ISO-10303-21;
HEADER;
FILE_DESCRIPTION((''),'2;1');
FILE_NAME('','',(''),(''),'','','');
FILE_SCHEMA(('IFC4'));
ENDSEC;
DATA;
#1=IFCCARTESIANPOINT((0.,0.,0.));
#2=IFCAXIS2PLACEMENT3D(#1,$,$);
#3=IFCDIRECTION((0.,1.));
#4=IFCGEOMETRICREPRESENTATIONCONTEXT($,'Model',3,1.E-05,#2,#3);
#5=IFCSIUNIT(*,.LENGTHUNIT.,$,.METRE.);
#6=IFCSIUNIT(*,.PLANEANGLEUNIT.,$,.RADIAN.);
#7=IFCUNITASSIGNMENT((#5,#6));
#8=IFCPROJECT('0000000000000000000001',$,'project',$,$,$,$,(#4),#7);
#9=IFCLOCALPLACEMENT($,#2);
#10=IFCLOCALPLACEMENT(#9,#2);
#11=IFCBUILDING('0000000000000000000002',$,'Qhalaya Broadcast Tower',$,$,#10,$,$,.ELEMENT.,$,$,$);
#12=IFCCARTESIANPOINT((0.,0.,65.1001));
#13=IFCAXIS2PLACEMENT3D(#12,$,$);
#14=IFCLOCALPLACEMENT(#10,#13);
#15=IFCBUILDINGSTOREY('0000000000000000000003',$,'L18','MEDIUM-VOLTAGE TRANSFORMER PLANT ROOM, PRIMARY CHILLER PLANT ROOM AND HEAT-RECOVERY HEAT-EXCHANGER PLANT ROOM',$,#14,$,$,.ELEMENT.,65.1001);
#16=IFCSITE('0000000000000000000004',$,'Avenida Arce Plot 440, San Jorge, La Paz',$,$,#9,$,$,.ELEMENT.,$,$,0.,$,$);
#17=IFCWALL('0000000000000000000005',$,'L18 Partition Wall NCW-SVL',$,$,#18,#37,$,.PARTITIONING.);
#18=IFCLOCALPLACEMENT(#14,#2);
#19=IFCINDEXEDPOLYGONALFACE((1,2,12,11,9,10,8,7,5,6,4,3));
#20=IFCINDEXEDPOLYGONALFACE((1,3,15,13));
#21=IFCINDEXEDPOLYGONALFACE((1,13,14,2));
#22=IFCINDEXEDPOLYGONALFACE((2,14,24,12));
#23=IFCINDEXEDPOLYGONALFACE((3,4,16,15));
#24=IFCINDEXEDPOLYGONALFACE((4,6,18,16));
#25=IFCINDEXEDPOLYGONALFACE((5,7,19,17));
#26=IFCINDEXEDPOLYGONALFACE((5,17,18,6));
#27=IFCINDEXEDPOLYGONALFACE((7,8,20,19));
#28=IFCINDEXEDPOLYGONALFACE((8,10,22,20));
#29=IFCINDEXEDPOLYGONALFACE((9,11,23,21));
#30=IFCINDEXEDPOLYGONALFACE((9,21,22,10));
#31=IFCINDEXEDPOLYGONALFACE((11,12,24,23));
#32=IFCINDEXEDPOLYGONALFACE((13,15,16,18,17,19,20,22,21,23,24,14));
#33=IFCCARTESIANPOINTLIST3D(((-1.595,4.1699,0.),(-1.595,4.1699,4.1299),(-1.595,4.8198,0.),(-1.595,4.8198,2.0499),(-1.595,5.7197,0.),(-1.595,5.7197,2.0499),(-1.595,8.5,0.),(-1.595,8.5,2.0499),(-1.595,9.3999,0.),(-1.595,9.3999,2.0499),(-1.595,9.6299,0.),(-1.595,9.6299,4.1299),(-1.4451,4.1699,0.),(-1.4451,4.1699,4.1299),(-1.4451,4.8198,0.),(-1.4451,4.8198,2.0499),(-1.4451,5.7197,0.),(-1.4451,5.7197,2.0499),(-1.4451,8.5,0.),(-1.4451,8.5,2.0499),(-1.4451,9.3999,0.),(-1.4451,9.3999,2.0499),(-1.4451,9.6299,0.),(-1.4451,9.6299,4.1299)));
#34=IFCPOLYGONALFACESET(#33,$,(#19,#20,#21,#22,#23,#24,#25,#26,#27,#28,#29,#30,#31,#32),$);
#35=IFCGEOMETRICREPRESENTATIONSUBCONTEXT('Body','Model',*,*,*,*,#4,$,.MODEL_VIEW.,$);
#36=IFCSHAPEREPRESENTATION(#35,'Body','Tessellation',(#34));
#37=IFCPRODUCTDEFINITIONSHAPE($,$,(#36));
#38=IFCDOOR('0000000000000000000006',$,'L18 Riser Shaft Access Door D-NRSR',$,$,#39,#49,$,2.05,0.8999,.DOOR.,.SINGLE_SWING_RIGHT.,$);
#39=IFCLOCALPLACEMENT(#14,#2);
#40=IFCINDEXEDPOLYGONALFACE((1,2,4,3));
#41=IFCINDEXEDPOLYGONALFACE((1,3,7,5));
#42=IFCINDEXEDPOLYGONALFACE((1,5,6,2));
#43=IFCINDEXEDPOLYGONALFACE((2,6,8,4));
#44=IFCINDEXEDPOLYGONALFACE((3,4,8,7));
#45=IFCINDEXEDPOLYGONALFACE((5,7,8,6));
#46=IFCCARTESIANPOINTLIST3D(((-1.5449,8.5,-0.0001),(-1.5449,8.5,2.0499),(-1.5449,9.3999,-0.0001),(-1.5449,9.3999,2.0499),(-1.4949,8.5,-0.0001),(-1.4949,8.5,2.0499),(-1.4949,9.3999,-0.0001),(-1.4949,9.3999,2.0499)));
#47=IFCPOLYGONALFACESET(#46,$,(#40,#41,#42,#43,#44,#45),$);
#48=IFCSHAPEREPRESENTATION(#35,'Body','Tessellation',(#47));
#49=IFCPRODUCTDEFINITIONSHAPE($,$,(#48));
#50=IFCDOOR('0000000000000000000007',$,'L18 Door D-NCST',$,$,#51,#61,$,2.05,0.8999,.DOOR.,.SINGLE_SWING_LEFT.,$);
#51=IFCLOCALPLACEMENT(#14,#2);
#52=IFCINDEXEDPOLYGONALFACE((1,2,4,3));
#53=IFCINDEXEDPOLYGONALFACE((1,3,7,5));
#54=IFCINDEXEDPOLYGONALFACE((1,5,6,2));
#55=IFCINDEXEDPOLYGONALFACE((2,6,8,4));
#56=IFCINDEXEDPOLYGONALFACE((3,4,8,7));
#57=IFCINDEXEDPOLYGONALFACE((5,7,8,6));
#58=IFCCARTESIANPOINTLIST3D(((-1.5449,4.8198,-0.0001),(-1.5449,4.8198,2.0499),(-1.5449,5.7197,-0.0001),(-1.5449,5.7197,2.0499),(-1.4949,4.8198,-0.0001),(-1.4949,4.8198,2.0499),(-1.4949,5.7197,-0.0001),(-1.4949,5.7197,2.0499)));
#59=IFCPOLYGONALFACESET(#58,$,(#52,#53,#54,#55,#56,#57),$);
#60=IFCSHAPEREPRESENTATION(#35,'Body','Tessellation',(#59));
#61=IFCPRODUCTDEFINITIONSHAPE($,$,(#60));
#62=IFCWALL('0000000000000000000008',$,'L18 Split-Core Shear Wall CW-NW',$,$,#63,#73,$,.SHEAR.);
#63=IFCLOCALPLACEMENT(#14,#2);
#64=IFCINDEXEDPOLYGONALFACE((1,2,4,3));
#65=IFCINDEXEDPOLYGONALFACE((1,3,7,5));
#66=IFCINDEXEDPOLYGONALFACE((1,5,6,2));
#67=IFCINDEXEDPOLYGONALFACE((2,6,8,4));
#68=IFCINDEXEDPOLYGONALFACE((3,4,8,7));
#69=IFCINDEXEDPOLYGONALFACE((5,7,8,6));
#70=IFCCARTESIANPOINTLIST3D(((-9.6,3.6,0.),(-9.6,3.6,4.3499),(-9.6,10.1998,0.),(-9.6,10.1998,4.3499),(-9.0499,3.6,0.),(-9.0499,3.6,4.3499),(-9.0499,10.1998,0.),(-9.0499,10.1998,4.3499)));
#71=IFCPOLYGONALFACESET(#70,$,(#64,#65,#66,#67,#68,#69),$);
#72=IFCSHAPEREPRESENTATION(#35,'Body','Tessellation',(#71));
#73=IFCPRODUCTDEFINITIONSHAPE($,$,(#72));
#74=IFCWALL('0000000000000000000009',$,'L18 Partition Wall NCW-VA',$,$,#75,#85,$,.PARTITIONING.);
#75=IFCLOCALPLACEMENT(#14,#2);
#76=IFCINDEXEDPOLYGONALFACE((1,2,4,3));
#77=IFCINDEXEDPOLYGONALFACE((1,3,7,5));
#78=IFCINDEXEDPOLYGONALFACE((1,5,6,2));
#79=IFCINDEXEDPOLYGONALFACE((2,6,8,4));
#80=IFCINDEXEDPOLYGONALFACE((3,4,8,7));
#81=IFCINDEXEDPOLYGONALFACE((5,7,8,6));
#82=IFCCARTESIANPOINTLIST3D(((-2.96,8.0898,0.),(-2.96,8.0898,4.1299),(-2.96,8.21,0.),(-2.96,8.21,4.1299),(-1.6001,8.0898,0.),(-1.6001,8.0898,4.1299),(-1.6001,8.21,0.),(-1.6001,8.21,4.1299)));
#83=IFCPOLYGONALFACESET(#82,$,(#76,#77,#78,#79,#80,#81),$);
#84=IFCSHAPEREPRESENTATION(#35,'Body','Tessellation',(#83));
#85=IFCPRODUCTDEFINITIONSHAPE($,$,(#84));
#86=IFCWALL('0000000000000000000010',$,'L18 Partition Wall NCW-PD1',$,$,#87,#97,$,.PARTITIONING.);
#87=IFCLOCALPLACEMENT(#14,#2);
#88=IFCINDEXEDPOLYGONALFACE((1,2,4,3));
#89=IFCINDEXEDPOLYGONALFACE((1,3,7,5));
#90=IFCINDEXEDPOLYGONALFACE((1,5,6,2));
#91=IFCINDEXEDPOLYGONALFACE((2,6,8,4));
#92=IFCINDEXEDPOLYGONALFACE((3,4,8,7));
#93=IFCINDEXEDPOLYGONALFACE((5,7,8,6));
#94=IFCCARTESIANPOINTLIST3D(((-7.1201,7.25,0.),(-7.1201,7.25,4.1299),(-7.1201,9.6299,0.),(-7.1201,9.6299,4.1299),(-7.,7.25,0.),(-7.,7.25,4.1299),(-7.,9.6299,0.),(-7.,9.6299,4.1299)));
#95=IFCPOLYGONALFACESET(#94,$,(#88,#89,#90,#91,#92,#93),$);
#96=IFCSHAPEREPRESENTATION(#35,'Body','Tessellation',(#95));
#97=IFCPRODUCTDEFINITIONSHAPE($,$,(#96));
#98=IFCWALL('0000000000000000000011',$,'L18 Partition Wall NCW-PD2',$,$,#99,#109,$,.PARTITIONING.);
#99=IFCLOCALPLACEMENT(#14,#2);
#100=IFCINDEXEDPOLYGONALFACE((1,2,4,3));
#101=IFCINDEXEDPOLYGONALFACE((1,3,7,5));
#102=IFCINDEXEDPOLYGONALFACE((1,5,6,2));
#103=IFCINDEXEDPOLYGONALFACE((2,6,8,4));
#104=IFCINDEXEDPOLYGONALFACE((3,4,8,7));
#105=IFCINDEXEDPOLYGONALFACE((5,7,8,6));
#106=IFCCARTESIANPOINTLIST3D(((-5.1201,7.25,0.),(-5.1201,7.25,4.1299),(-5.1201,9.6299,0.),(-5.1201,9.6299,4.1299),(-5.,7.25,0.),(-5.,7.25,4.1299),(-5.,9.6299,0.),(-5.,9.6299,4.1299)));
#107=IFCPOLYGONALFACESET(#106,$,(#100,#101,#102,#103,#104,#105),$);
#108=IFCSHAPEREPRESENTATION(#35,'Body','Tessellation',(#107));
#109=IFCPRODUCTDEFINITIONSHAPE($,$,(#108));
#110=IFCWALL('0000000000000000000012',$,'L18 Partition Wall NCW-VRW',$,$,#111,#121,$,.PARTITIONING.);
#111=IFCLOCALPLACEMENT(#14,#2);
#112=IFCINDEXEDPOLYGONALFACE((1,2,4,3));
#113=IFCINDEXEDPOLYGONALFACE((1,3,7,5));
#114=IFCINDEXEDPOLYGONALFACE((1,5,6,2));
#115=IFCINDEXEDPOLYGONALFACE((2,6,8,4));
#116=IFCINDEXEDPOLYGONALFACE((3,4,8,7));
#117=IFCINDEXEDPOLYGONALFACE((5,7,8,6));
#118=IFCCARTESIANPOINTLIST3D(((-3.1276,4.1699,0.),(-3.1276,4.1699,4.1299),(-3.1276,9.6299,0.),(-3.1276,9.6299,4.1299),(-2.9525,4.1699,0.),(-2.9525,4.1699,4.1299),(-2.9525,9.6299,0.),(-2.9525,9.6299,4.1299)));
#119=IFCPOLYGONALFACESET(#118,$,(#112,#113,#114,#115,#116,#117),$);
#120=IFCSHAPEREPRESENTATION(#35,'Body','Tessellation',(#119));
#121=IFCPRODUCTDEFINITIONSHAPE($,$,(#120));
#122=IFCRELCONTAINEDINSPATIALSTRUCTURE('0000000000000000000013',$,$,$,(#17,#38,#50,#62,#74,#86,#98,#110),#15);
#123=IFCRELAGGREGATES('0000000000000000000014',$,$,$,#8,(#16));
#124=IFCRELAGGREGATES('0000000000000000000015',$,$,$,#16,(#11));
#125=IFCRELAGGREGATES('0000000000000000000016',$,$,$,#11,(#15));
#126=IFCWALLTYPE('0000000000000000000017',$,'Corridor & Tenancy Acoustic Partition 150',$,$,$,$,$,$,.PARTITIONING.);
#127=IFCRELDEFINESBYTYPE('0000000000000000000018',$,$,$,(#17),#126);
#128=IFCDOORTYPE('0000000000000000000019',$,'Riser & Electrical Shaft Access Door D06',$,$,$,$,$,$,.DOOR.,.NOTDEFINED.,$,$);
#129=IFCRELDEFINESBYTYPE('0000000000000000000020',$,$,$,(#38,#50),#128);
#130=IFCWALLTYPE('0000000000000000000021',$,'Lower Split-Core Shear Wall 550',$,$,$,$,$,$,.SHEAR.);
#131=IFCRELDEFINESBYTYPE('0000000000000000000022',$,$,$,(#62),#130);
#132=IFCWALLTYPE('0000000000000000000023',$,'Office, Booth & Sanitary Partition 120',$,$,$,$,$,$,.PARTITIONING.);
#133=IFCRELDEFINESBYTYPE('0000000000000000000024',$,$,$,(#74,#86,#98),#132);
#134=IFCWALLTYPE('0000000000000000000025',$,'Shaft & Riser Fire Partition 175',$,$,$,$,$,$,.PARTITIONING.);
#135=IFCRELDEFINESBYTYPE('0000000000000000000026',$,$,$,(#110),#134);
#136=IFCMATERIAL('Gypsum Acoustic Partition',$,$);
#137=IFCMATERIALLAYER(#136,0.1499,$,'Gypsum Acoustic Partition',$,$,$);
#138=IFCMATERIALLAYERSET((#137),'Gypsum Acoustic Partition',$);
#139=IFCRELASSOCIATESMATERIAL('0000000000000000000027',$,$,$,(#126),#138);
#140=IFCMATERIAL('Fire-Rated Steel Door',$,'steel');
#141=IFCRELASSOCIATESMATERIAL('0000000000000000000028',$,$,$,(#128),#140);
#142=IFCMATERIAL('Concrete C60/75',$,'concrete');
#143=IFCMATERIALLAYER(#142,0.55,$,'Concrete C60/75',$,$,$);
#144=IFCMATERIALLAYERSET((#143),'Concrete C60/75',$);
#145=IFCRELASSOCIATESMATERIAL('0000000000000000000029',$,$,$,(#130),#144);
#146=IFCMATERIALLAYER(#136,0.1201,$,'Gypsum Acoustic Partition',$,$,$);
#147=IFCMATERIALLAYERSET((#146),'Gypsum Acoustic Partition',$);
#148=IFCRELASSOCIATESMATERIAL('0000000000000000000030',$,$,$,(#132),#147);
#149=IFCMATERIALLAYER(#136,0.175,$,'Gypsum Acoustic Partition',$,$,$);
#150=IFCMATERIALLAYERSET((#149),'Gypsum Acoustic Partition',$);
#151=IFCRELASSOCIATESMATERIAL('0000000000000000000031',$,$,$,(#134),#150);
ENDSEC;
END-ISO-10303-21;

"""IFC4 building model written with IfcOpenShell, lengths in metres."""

from ifc_helpers import new_model, si_unit, direction, frame, frame_2d, origin, place, context, subcontext, project, spatial, rectangle, extrude, material, layer, layer_set, type_object, element, fill, save


model = new_model("IFC4")

# Units and contexts
model_context = context("Model", 3, precision=1e-05, world=origin(), true_north=direction((0.0, 1.0)))
body_context = subcontext(model_context, "Body", "Model", "MODEL_VIEW")
ifc_project = project(units=[si_unit("LENGTHUNIT", "METRE"), si_unit("PLANEANGLEUNIT", "RADIAN")], contexts=[model_context])

# Site, building, storey
site_placement = place(None, origin())
site = spatial("IfcSite", under=ifc_project, at=site_placement, Name="Avenida Arce Plot 440, San Jorge, La Paz", CompositionType="ELEMENT", RefElevation=0.0)
building_placement = place(site_placement, origin())
building = spatial("IfcBuilding", under=site, at=building_placement, Name="Qhalaya Broadcast Tower", CompositionType="ELEMENT")
storey_placement = place(building_placement, frame((0.0, 0.0, 65.1001)))
storey = spatial("IfcBuildingStorey", under=building, at=storey_placement, Name="L18", Description="MEDIUM-VOLTAGE TRANSFORMER PLANT ROOM, PRIMARY CHILLER PLANT ROOM AND HEAT-RECOVERY HEAT-EXCHANGER PLANT ROOM", CompositionType="ELEMENT", Elevation=65.1001)

# Wall, openings, doors
ifc_material_1 = material(Name="Gypsum Acoustic Partition")
ifc_layer_1 = layer(ifc_material_1, 0.1499, Name="Gypsum Acoustic Partition")
ifc_layer_set_1 = layer_set([ifc_layer_1], Name="Gypsum Acoustic Partition")
wall_type_1 = type_object("IfcWallType", Name="Corridor & Tenancy Acoustic Partition 150", PredefinedType="PARTITIONING", material=ifc_layer_set_1)
wall_1_placement = place(storey_placement, frame((-1.52, 4.1699, 0.0), z_axis=(0.0, 0.0, 1.0), x_axis=(0.0, 1.0, 0.0)))
wall_1 = element("IfcWall", 1, at=wall_1_placement, inside=storey, type_object=wall_type_1, Name="L18 Partition Wall NCW-SVL", PredefinedType="PARTITIONING", context=body_context, shape_type="SweptSolid", body=[
    extrude(rectangle(XDim=5.46, YDim=0.1499, at=frame_2d((2.73, 0.0))), origin(), (0.0, 0.0, 1.0), 4.1299),
])
opening_1_placement = place(wall_1_placement, frame((4.3301, 0.0, 0.0)))
opening_1 = element("IfcOpeningElement", 2, at=opening_1_placement, cuts=wall_1, PredefinedType="OPENING", context=body_context, shape_type="SweptSolid", body=[
    extrude(rectangle(XDim=0.8999, YDim=2.05, at=frame_2d((0.45, 1.0249))), frame((0.0, 0.0869, 0.0), z_axis=(0.0, -1.0, 0.0), x_axis=(1.0, 0.0, 0.0)), (0.0, 0.0, 1.0), 0.1738),
])
opening_2_placement = place(wall_1_placement, frame((0.6499, 0.0, 0.0)))
opening_2 = element("IfcOpeningElement", 3, at=opening_2_placement, cuts=wall_1, PredefinedType="OPENING", context=body_context, shape_type="SweptSolid", body=[
    extrude(rectangle(XDim=0.8999, YDim=2.05, at=frame_2d((0.45, 1.0249))), frame((0.0, 0.0869, 0.0), z_axis=(0.0, -1.0, 0.0), x_axis=(1.0, 0.0, 0.0)), (0.0, 0.0, 1.0), 0.1738),
])
ifc_material_2 = material(Name="Fire-Rated Steel Door", Category="steel")
door_type_1 = type_object("IfcDoorType", Name="Riser & Electrical Shaft Access Door D06", OperationType="NOTDEFINED", PredefinedType="DOOR", material=ifc_material_2)
door_1_placement = place(opening_1_placement, origin())
door_1 = element("IfcDoor", 4, at=door_1_placement, inside=storey, type_object=door_type_1, Name="L18 Riser Shaft Access Door D-NRSR", OperationType="SINGLE_SWING_RIGHT", OverallHeight=2.05, OverallWidth=0.8999, PredefinedType="DOOR", context=body_context, shape_type="SweptSolid", body=[
    extrude(rectangle(XDim=0.8999, YDim=2.05, at=frame_2d((0.45, 1.0249))), frame((0.0, 0.0249, 0.0), z_axis=(0.0, -1.0, 0.0), x_axis=(1.0, 0.0, 0.0)), (0.0, 0.0, 1.0), 0.05),
])
fill(opening_1, door_1)
door_2_placement = place(opening_2_placement, origin())
door_2 = element("IfcDoor", 5, at=door_2_placement, inside=storey, type_object=door_type_1, Name="L18 Door D-NCST", OperationType="SINGLE_SWING_LEFT", OverallHeight=2.05, OverallWidth=0.8999, PredefinedType="DOOR", context=body_context, shape_type="SweptSolid", body=[
    extrude(rectangle(XDim=0.8999, YDim=2.05, at=frame_2d((0.45, 1.0249))), frame((0.0, 0.0249, 0.0), z_axis=(0.0, -1.0, 0.0), x_axis=(1.0, 0.0, 0.0)), (0.0, 0.0, 1.0), 0.05),
])
fill(opening_2, door_2)

# Walls
ifc_material_3 = material(Name="Concrete C60/75", Category="concrete")
ifc_layer_2 = layer(ifc_material_3, 0.55, Name="Concrete C60/75")
ifc_layer_set_2 = layer_set([ifc_layer_2], Name="Concrete C60/75")
wall_type_2 = type_object("IfcWallType", Name="Lower Split-Core Shear Wall 550", PredefinedType="SHEAR", material=ifc_layer_set_2)
wall_2_placement = place(storey_placement, frame((-9.325, 3.6001, 0.0), z_axis=(0.0, 0.0, 1.0), x_axis=(0.0, 1.0, 0.0)))
element("IfcWall", 6, at=wall_2_placement, inside=storey, type_object=wall_type_2, Name="L18 Split-Core Shear Wall CW-NW", PredefinedType="SHEAR", context=body_context, shape_type="SweptSolid", body=[
    extrude(rectangle(XDim=6.5999, YDim=0.55, at=frame_2d((3.2998, 0.0))), origin(), (0.0, 0.0, 1.0), 4.3499),
])
ifc_layer_3 = layer(ifc_material_1, 0.1201, Name="Gypsum Acoustic Partition")
ifc_layer_set_3 = layer_set([ifc_layer_3], Name="Gypsum Acoustic Partition")
wall_type_3 = type_object("IfcWallType", Name="Office, Booth & Sanitary Partition 120", PredefinedType="PARTITIONING", material=ifc_layer_set_3)
wall_3_placement = place(storey_placement, frame((-2.96, 8.1499, 0.0), z_axis=(0.0, 0.0, 1.0), x_axis=(1.0, 0.0, 0.0)))
element("IfcWall", 7, at=wall_3_placement, inside=storey, type_object=wall_type_3, Name="L18 Partition Wall NCW-VA", PredefinedType="PARTITIONING", context=body_context, shape_type="SweptSolid", body=[
    extrude(rectangle(XDim=1.3599, YDim=0.1201, at=frame_2d((0.6799, 0.0))), origin(), (0.0, 0.0, 1.0), 4.1299),
])
for number, where, z_axis, x_axis, name in (
    (8, (-7.0601, 7.25, 0.0), (0.0, 0.0, 1.0), (0.0, 1.0, 0.0), "L18 Partition Wall NCW-PD1"),
    (9, (-5.0601, 7.25, 0.0), (0.0, 0.0, 1.0), (0.0, 1.0, 0.0), "L18 Partition Wall NCW-PD2"),
):
    element("IfcWall", number, at=place(storey_placement, frame(where, z_axis=z_axis, x_axis=x_axis)), inside=storey, type_object=wall_type_3, Name=name, PredefinedType="PARTITIONING", context=body_context, shape_type="SweptSolid", body=[
        extrude(rectangle(XDim=2.3799, YDim=0.1201, at=frame_2d((1.1899, 0.0))), origin(), (0.0, 0.0, 1.0), 4.1299),
    ])
ifc_layer_4 = layer(ifc_material_1, 0.175, Name="Gypsum Acoustic Partition")
ifc_layer_set_4 = layer_set([ifc_layer_4], Name="Gypsum Acoustic Partition")
wall_type_4 = type_object("IfcWallType", Name="Shaft & Riser Fire Partition 175", PredefinedType="PARTITIONING", material=ifc_layer_set_4)
wall_4_placement = place(storey_placement, frame((-3.04, 4.1699, 0.0), z_axis=(0.0, 0.0, 1.0), x_axis=(0.0, 1.0, 0.0)))
element("IfcWall", 10, at=wall_4_placement, inside=storey, type_object=wall_type_4, Name="L18 Partition Wall NCW-VRW", PredefinedType="PARTITIONING", context=body_context, shape_type="SweptSolid", body=[
    extrude(rectangle(XDim=5.46, YDim=0.175, at=frame_2d((2.73, 0.0))), origin(), (0.0, 0.0, 1.0), 4.1299),
])

save(model, "model.ifc")
